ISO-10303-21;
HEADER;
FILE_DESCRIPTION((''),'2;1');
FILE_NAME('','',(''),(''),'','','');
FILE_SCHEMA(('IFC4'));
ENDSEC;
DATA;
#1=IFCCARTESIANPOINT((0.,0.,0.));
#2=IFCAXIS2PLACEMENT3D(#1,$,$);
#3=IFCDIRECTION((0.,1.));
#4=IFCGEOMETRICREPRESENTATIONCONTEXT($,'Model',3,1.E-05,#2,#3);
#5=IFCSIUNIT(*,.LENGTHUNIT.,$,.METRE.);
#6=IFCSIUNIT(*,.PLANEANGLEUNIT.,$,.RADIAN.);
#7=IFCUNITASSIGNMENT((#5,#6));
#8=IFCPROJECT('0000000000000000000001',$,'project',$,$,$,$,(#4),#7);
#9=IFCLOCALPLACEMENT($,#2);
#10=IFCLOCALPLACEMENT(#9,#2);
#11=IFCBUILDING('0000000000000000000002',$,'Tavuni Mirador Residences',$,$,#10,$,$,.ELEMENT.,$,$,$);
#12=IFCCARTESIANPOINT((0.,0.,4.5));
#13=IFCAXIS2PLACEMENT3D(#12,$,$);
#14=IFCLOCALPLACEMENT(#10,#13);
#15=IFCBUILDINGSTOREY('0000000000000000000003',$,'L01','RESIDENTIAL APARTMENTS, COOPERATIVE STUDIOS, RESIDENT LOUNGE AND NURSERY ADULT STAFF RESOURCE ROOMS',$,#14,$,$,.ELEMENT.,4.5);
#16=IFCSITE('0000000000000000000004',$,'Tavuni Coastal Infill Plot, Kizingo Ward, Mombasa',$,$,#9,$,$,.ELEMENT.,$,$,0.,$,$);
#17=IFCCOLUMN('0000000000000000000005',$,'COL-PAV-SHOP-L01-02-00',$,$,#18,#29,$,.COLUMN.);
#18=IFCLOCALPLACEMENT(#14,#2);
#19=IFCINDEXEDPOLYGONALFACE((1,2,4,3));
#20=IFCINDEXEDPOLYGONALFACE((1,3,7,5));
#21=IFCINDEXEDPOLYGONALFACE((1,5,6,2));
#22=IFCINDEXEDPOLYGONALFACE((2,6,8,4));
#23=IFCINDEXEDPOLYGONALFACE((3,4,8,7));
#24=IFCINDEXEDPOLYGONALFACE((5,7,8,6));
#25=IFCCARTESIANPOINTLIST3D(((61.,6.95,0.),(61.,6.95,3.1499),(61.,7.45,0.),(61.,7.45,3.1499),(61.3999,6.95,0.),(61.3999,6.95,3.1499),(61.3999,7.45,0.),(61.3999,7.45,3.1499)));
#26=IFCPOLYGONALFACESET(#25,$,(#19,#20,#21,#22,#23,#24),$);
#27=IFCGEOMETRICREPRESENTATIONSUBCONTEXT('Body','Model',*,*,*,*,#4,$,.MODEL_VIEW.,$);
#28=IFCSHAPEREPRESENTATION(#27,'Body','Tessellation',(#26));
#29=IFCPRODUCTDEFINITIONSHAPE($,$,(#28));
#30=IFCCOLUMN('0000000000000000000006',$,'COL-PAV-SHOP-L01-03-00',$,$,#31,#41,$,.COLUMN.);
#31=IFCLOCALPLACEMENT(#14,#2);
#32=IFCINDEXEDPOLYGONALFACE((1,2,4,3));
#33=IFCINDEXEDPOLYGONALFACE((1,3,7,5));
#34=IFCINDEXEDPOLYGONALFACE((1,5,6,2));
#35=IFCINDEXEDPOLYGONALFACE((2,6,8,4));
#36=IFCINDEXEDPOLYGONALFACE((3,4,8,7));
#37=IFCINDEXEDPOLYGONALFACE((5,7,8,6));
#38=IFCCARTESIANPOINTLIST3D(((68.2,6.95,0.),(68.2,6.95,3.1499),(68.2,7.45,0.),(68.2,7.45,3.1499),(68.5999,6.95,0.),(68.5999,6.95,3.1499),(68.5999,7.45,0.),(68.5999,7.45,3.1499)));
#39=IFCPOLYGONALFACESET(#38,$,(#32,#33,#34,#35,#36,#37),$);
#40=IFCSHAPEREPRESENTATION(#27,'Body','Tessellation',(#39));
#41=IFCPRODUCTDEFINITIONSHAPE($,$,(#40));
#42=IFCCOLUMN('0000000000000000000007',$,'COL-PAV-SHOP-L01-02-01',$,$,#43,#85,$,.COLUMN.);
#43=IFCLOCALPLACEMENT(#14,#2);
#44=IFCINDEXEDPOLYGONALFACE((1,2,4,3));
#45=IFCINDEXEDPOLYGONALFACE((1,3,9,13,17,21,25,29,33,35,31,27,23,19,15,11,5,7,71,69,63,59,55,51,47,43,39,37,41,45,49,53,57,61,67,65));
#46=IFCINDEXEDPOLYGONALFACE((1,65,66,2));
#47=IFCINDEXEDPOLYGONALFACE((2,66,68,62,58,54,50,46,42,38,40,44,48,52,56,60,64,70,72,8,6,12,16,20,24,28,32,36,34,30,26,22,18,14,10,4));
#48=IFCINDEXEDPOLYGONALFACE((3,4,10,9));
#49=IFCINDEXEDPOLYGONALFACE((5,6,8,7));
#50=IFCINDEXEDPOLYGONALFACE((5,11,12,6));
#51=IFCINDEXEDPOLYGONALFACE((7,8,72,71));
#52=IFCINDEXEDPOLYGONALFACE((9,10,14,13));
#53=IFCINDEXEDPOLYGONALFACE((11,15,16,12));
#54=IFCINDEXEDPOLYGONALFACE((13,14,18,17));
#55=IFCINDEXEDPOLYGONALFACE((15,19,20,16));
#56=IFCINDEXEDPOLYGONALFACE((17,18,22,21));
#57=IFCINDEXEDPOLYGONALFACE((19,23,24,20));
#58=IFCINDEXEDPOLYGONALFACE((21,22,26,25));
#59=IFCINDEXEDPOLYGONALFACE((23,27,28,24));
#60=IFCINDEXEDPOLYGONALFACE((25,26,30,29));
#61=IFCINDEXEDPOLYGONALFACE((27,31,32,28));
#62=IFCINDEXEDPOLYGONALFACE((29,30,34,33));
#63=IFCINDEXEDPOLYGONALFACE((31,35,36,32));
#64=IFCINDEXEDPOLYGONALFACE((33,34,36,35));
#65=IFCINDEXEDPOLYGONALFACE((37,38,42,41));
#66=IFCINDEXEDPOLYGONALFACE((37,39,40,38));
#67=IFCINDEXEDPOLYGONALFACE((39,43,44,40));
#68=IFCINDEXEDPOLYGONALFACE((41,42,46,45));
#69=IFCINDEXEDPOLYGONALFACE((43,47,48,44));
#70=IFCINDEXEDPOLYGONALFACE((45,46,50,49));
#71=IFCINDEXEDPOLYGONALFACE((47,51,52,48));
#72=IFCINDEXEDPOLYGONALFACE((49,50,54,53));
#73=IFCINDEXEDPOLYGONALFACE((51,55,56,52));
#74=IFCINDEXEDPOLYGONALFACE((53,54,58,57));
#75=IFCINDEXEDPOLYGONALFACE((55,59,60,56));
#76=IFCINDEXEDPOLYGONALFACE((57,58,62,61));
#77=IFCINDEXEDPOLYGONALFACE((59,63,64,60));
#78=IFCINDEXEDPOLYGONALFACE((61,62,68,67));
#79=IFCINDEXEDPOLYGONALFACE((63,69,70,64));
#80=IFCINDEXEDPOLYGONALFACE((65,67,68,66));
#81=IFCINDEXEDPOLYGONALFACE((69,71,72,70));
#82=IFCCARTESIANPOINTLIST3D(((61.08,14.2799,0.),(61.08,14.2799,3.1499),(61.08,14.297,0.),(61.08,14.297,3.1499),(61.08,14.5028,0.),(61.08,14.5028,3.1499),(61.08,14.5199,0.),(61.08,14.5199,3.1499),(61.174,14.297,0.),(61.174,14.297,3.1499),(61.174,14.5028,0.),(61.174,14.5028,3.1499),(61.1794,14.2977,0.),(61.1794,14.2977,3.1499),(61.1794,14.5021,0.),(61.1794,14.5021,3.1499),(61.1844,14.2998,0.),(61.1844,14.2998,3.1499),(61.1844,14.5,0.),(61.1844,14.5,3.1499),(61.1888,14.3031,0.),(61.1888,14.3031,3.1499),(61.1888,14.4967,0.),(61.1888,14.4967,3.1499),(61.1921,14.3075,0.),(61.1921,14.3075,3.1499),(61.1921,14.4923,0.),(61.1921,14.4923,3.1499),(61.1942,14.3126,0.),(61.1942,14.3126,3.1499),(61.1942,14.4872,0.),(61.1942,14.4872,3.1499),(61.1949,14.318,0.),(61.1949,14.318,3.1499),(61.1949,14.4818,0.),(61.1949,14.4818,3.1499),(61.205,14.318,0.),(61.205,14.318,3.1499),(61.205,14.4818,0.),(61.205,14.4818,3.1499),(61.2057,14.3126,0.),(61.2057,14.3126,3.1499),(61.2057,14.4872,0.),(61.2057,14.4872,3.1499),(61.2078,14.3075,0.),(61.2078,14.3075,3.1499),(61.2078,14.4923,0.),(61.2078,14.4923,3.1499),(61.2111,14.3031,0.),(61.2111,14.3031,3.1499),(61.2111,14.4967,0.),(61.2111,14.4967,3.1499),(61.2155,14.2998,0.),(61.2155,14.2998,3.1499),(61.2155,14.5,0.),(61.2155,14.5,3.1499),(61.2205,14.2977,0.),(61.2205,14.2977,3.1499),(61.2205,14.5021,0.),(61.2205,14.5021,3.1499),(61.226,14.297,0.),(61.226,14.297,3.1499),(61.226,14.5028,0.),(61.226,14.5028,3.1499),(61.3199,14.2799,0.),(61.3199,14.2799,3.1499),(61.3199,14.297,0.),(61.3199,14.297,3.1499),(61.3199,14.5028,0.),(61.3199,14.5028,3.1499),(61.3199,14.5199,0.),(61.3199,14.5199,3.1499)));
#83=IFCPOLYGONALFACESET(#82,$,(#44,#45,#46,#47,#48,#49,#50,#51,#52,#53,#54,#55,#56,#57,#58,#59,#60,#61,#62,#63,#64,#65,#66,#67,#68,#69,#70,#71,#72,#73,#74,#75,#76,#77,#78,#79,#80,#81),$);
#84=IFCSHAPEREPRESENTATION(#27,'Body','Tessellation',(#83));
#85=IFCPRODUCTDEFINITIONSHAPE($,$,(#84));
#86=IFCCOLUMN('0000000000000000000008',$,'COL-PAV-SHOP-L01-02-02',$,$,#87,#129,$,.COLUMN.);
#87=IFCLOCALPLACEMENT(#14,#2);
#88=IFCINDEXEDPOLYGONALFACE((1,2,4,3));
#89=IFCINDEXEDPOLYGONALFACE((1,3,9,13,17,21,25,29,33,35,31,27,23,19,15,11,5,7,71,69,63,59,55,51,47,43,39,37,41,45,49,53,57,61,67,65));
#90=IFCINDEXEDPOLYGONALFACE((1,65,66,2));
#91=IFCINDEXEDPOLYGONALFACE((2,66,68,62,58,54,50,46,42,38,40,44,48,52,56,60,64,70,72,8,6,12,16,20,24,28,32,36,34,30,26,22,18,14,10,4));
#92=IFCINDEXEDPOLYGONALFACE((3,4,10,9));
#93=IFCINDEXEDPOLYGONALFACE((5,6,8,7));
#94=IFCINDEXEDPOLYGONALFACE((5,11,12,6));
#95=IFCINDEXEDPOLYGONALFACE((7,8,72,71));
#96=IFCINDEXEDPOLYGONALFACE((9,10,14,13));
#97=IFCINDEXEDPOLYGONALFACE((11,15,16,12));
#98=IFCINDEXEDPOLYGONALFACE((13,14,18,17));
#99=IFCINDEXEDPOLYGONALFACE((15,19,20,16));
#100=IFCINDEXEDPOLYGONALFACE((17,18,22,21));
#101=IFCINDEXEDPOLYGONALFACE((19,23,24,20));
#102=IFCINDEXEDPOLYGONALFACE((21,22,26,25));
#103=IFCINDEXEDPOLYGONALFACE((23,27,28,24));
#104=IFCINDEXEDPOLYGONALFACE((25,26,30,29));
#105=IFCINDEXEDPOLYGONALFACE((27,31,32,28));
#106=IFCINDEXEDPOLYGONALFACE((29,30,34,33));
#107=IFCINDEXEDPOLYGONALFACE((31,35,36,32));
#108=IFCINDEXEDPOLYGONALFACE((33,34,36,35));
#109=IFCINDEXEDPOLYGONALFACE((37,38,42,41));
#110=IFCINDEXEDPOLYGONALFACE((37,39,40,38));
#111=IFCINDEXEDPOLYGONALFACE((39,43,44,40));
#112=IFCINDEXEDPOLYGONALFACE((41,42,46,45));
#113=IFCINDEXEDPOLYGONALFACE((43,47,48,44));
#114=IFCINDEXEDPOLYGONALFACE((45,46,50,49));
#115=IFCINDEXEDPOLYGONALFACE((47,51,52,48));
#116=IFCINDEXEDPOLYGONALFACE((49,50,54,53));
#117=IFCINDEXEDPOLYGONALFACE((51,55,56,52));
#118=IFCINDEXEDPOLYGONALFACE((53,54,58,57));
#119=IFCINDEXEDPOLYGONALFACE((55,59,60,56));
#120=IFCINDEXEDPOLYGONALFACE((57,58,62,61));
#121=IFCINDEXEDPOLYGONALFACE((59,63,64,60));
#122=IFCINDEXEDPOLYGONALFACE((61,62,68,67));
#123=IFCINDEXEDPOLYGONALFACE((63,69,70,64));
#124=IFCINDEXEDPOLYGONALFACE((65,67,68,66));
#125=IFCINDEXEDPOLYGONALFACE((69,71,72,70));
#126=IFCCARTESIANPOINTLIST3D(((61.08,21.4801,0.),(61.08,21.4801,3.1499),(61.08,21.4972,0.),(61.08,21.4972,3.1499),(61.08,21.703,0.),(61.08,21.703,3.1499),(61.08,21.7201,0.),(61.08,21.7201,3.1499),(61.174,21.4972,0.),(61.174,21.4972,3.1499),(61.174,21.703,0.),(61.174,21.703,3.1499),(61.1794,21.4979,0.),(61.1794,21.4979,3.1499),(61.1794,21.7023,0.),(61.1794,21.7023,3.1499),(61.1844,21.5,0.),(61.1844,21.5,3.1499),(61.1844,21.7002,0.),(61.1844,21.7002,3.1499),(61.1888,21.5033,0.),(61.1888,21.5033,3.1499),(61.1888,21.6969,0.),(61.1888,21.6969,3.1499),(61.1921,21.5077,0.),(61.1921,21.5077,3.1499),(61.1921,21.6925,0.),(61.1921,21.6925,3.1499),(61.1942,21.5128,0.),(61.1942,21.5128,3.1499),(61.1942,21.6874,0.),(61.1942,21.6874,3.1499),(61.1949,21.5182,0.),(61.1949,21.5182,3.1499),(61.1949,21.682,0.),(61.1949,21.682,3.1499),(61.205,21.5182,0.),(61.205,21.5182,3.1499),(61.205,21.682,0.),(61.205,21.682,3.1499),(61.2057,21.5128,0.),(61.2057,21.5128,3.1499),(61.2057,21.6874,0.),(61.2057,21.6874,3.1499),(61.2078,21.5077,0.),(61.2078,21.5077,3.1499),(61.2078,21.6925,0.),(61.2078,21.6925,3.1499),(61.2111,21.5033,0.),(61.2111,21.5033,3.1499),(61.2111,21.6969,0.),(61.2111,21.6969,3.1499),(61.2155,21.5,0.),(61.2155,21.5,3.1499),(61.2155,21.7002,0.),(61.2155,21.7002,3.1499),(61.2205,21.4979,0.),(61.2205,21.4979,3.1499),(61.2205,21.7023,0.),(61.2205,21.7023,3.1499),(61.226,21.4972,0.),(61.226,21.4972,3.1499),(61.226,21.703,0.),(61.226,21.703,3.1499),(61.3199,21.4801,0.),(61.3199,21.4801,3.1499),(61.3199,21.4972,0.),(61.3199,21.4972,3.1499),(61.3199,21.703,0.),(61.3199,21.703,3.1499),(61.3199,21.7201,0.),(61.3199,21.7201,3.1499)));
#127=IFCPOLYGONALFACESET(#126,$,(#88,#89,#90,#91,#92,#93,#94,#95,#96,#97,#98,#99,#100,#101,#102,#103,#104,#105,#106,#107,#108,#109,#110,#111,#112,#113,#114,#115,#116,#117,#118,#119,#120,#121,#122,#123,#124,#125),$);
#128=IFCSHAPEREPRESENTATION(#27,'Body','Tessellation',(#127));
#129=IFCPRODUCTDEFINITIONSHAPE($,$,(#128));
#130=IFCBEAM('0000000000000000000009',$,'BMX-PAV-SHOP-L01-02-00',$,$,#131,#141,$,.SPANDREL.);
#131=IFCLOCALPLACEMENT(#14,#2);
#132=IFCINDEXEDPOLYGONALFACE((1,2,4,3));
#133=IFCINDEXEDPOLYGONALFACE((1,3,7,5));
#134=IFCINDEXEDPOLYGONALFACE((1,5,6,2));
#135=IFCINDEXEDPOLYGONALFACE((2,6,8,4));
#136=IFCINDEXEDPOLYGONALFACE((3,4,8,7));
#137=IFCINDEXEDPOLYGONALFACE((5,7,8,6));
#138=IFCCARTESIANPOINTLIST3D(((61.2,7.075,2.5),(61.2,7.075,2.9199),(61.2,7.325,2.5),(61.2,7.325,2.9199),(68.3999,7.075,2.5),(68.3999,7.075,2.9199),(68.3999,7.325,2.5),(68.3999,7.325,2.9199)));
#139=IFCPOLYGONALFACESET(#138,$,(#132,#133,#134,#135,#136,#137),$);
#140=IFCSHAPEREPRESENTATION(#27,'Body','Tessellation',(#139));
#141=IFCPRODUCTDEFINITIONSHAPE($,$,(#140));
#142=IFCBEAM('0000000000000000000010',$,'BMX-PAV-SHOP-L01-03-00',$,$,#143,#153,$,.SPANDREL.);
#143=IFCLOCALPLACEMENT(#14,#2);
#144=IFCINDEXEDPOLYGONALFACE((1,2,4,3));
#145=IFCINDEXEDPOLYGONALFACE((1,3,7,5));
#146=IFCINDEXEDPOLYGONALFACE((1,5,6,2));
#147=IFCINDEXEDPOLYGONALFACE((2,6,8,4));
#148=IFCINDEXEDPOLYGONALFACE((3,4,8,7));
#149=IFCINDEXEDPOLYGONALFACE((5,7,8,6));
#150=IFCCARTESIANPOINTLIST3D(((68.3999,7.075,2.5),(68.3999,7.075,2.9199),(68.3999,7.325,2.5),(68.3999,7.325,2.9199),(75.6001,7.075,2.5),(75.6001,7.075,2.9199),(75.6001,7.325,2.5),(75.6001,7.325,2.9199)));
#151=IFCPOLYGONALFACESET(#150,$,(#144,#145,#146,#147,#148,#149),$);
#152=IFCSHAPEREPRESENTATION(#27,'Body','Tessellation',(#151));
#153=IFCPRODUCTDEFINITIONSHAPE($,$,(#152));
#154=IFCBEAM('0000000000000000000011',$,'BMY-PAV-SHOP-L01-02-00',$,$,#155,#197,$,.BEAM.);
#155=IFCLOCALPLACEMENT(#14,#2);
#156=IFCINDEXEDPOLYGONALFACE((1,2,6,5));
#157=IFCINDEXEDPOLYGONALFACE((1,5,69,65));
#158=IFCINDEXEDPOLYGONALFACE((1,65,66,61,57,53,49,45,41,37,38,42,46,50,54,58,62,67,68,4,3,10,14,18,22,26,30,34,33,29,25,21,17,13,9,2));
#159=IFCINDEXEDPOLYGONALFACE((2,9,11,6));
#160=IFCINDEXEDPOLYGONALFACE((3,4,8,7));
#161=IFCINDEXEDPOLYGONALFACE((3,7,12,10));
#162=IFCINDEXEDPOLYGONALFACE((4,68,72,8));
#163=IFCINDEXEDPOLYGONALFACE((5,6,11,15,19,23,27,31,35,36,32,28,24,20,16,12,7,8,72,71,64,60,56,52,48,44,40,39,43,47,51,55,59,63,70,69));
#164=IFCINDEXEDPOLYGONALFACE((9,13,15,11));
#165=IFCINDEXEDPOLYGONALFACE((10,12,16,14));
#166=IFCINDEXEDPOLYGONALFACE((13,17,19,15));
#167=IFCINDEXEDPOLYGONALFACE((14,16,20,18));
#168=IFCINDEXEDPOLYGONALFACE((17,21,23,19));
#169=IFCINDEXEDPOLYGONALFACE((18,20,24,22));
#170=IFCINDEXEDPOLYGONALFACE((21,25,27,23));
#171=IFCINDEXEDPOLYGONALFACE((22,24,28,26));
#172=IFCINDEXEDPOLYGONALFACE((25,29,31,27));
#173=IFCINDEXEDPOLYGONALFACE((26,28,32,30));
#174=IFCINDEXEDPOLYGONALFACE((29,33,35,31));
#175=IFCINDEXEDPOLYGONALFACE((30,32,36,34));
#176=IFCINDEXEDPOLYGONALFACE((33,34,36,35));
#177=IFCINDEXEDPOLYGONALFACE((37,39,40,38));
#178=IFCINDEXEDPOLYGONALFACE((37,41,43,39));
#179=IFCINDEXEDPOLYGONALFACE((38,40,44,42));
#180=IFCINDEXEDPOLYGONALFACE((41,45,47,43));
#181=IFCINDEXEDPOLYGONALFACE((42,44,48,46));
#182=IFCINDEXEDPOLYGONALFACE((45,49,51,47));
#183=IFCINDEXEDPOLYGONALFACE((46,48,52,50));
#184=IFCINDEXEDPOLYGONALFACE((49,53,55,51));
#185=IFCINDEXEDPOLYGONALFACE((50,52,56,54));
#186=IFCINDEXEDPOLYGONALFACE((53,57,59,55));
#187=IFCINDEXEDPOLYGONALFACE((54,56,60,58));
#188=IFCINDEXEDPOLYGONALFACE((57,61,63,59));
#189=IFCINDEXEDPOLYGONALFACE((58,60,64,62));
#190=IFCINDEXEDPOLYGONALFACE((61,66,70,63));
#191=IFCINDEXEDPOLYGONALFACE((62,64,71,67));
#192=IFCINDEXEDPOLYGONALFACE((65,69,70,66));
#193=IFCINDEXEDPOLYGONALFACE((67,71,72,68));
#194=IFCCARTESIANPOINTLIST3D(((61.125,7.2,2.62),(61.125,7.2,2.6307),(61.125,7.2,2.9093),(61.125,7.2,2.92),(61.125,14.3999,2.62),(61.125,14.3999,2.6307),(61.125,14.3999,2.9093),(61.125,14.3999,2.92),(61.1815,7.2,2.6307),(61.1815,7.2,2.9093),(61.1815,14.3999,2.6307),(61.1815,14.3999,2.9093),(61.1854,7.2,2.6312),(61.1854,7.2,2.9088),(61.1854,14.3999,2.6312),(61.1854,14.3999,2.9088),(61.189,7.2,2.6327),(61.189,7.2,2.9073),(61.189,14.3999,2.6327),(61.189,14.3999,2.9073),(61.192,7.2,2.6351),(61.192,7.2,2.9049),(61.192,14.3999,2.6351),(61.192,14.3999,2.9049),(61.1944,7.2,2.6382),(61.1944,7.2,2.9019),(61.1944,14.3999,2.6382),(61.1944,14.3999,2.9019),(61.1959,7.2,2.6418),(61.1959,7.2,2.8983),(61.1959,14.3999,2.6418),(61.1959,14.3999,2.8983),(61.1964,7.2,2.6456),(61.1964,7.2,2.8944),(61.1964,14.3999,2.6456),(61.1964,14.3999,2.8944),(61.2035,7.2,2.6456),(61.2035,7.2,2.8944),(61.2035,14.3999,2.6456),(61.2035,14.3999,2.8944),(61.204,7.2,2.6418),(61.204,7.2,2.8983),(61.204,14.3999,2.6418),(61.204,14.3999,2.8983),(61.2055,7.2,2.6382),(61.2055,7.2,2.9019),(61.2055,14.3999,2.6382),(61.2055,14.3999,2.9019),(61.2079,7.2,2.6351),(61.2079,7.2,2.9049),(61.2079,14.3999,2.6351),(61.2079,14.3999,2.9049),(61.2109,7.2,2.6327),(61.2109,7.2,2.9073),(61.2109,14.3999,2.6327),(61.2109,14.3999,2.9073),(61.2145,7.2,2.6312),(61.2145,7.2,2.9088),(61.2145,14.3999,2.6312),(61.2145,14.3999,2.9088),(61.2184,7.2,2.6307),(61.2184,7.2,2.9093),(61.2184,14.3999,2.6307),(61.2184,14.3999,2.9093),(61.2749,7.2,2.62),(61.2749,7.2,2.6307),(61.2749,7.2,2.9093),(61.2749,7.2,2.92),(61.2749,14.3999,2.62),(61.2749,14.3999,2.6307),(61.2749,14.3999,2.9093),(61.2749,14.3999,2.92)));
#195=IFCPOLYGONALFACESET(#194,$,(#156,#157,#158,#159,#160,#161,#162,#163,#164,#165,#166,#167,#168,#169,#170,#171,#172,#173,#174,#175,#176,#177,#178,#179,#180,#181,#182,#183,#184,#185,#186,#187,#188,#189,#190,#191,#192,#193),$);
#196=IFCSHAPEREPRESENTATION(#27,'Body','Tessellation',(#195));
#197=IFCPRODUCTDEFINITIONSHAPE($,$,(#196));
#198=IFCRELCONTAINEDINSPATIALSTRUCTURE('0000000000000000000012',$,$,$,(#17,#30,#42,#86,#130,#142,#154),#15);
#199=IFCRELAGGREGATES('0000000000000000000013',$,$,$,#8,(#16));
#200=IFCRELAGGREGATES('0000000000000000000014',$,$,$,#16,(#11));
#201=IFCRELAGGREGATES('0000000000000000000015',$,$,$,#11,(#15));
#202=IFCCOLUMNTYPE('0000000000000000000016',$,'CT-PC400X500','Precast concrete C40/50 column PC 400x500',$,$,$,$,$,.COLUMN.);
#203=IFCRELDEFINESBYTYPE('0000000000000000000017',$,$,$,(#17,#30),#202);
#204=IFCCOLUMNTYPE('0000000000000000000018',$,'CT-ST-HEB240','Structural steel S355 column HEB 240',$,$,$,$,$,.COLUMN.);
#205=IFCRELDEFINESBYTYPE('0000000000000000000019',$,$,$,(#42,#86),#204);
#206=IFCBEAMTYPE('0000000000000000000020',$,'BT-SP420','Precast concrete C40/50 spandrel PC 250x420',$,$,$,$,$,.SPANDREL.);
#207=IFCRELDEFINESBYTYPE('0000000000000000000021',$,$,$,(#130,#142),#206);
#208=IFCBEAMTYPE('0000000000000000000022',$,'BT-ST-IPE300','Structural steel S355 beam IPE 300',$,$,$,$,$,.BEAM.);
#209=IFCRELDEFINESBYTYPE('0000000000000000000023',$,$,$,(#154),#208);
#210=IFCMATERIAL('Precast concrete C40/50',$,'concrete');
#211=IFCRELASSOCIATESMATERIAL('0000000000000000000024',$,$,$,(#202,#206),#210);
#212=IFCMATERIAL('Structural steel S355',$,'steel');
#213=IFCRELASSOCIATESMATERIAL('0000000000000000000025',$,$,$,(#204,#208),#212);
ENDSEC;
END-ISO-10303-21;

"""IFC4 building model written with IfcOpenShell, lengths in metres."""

from ifc_helpers import new_model, si_unit, direction, frame, origin, origin_2d, place, context, subcontext, project, spatial, rectangle, i_section, extrude, material, material_profile, profile_set, type_object, element, save


model = new_model("IFC4")

# Units and contexts
model_context = context("Model", 3, precision=1e-05, world=origin(), true_north=direction((0.0, 1.0)))
body_context = subcontext(model_context, "Body", "Model", "MODEL_VIEW")
ifc_project = project(units=[si_unit("LENGTHUNIT", "METRE"), si_unit("PLANEANGLEUNIT", "RADIAN")], contexts=[model_context])

# Site, building, storey
site_placement = place(None, origin())
site = spatial("IfcSite", under=ifc_project, at=site_placement, Name="Tavuni Coastal Infill Plot, Kizingo Ward, Mombasa", CompositionType="ELEMENT", RefElevation=0.0)
building_placement = place(site_placement, origin())
building = spatial("IfcBuilding", under=site, at=building_placement, Name="Tavuni Mirador Residences", CompositionType="ELEMENT")
storey_placement = place(building_placement, frame((0.0, 0.0, 4.5)))
storey = spatial("IfcBuildingStorey", under=building, at=storey_placement, Name="L01", Description="RESIDENTIAL APARTMENTS, COOPERATIVE STUDIOS, RESIDENT LOUNGE AND NURSERY ADULT STAFF RESOURCE ROOMS", CompositionType="ELEMENT", Elevation=4.5)

# Columns
ifc_material_1 = material(Name="Precast concrete C40/50", Category="concrete")
ifc_material_profile_1 = material_profile(ifc_material_1, rectangle(XDim=0.3999, YDim=0.5, at=origin_2d()), Name="PC 400x500", Category="concrete")
ifc_profile_set_1 = profile_set([ifc_material_profile_1], Name="Precast concrete C40/50")
column_type_1 = type_object("IfcColumnType", Name="CT-PC400X500", Description="Precast concrete C40/50 column PC 400x500", PredefinedType="COLUMN", material=ifc_profile_set_1)
for number, where, z_axis, x_axis, name in (
    (1, (61.2, 7.2, 0.0), (0.0, 0.0, 1.0), (1.0, 0.0, 0.0), "COL-PAV-SHOP-L01-02-00"),
    (2, (68.3999, 7.2, 0.0), (0.0, 0.0, 1.0), (1.0, 0.0, 0.0), "COL-PAV-SHOP-L01-03-00"),
):
    element("IfcColumn", number, at=place(storey_placement, frame(where, z_axis=z_axis, x_axis=x_axis)), inside=storey, type_object=column_type_1, Name=name, PredefinedType="COLUMN", context=body_context, shape_type="SweptSolid", body=[
        extrude(rectangle(XDim=0.3999, YDim=0.5, at=origin_2d()), origin(), (0.0, 0.0, 1.0), 3.1499),
    ])
ifc_material_2 = material(Name="Structural steel S355", Category="steel")
ifc_material_profile_2 = material_profile(ifc_material_2, i_section(OverallWidth=0.24, OverallDepth=0.24, WebThickness=0.01, FlangeThickness=0.0171, FilletRadius=0.021, at=origin_2d()), Name="HEB 240", Category="steel")
ifc_profile_set_2 = profile_set([ifc_material_profile_2], Name="Structural steel S355")
column_type_2 = type_object("IfcColumnType", Name="CT-ST-HEB240", Description="Structural steel S355 column HEB 240", PredefinedType="COLUMN", material=ifc_profile_set_2)
for number, where, z_axis, x_axis, name in (
    (3, (61.2, 14.3999, 0.0), (0.0, 0.0, 1.0), (1.0, 0.0, 0.0), "COL-PAV-SHOP-L01-02-01"),
    (4, (61.2, 21.6001, 0.0), (0.0, 0.0, 1.0), (1.0, 0.0, 0.0), "COL-PAV-SHOP-L01-02-02"),
):
    element("IfcColumn", number, at=place(storey_placement, frame(where, z_axis=z_axis, x_axis=x_axis)), inside=storey, type_object=column_type_2, Name=name, PredefinedType="COLUMN", context=body_context, shape_type="SweptSolid", body=[
        extrude(i_section(OverallWidth=0.24, OverallDepth=0.24, WebThickness=0.01, FlangeThickness=0.0171, FilletRadius=0.021, at=origin_2d()), origin(), (0.0, 0.0, 1.0), 3.1499),
    ])

# Beams
ifc_material_profile_3 = material_profile(ifc_material_1, rectangle(XDim=0.25, YDim=0.4199, at=origin_2d()), Name="PC 250x420", Category="concrete")
ifc_profile_set_3 = profile_set([ifc_material_profile_3], Name="Precast concrete C40/50")
beam_type_1 = type_object("IfcBeamType", Name="BT-SP420", Description="Precast concrete C40/50 spandrel PC 250x420", PredefinedType="SPANDREL", material=ifc_profile_set_3)
beam_1_placement = place(storey_placement, frame((61.2, 7.2, 2.71), z_axis=(1.0, 0.0, 0.0), x_axis=(0.0, 1.0, 0.0)))
element("IfcBeam", 5, at=beam_1_placement, inside=storey, type_object=beam_type_1, Name="BMX-PAV-SHOP-L01-02-00", PredefinedType="SPANDREL", context=body_context, shape_type="SweptSolid", body=[
    extrude(rectangle(XDim=0.25, YDim=0.4199, at=origin_2d()), origin(), (0.0, 0.0, 1.0), 7.2),
])
beam_2_placement = place(storey_placement, frame((68.3999, 7.2, 2.71), z_axis=(1.0, 0.0, 0.0), x_axis=(0.0, 1.0, 0.0)))
element("IfcBeam", 6, at=beam_2_placement, inside=storey, type_object=beam_type_1, Name="BMX-PAV-SHOP-L01-03-00", PredefinedType="SPANDREL", context=body_context, shape_type="SweptSolid", body=[
    extrude(rectangle(XDim=0.25, YDim=0.4199, at=origin_2d()), origin(), (0.0, 0.0, 1.0), 7.2002),
])
ifc_material_profile_4 = material_profile(ifc_material_2, i_section(OverallWidth=0.1499, OverallDepth=0.3, WebThickness=0.0071, FlangeThickness=0.0107, FilletRadius=0.0149, at=origin_2d()), Name="IPE 300", Category="steel")
ifc_profile_set_4 = profile_set([ifc_material_profile_4], Name="Structural steel S355")
beam_type_2 = type_object("IfcBeamType", Name="BT-ST-IPE300", Description="Structural steel S355 beam IPE 300", PredefinedType="BEAM", material=ifc_profile_set_4)
beam_3_placement = place(storey_placement, frame((61.2, 7.2, 2.77), z_axis=(0.0, 1.0, 0.0), x_axis=(-1.0, 0.0, 0.0)))
element("IfcBeam", 7, at=beam_3_placement, inside=storey, type_object=beam_type_2, Name="BMY-PAV-SHOP-L01-02-00", PredefinedType="BEAM", context=body_context, shape_type="SweptSolid", body=[
    extrude(i_section(OverallWidth=0.1499, OverallDepth=0.3, WebThickness=0.0071, FlangeThickness=0.0107, FilletRadius=0.0149, at=origin_2d()), origin(), (0.0, 0.0, 1.0), 7.2),
])

save(model, "model.ifc")
